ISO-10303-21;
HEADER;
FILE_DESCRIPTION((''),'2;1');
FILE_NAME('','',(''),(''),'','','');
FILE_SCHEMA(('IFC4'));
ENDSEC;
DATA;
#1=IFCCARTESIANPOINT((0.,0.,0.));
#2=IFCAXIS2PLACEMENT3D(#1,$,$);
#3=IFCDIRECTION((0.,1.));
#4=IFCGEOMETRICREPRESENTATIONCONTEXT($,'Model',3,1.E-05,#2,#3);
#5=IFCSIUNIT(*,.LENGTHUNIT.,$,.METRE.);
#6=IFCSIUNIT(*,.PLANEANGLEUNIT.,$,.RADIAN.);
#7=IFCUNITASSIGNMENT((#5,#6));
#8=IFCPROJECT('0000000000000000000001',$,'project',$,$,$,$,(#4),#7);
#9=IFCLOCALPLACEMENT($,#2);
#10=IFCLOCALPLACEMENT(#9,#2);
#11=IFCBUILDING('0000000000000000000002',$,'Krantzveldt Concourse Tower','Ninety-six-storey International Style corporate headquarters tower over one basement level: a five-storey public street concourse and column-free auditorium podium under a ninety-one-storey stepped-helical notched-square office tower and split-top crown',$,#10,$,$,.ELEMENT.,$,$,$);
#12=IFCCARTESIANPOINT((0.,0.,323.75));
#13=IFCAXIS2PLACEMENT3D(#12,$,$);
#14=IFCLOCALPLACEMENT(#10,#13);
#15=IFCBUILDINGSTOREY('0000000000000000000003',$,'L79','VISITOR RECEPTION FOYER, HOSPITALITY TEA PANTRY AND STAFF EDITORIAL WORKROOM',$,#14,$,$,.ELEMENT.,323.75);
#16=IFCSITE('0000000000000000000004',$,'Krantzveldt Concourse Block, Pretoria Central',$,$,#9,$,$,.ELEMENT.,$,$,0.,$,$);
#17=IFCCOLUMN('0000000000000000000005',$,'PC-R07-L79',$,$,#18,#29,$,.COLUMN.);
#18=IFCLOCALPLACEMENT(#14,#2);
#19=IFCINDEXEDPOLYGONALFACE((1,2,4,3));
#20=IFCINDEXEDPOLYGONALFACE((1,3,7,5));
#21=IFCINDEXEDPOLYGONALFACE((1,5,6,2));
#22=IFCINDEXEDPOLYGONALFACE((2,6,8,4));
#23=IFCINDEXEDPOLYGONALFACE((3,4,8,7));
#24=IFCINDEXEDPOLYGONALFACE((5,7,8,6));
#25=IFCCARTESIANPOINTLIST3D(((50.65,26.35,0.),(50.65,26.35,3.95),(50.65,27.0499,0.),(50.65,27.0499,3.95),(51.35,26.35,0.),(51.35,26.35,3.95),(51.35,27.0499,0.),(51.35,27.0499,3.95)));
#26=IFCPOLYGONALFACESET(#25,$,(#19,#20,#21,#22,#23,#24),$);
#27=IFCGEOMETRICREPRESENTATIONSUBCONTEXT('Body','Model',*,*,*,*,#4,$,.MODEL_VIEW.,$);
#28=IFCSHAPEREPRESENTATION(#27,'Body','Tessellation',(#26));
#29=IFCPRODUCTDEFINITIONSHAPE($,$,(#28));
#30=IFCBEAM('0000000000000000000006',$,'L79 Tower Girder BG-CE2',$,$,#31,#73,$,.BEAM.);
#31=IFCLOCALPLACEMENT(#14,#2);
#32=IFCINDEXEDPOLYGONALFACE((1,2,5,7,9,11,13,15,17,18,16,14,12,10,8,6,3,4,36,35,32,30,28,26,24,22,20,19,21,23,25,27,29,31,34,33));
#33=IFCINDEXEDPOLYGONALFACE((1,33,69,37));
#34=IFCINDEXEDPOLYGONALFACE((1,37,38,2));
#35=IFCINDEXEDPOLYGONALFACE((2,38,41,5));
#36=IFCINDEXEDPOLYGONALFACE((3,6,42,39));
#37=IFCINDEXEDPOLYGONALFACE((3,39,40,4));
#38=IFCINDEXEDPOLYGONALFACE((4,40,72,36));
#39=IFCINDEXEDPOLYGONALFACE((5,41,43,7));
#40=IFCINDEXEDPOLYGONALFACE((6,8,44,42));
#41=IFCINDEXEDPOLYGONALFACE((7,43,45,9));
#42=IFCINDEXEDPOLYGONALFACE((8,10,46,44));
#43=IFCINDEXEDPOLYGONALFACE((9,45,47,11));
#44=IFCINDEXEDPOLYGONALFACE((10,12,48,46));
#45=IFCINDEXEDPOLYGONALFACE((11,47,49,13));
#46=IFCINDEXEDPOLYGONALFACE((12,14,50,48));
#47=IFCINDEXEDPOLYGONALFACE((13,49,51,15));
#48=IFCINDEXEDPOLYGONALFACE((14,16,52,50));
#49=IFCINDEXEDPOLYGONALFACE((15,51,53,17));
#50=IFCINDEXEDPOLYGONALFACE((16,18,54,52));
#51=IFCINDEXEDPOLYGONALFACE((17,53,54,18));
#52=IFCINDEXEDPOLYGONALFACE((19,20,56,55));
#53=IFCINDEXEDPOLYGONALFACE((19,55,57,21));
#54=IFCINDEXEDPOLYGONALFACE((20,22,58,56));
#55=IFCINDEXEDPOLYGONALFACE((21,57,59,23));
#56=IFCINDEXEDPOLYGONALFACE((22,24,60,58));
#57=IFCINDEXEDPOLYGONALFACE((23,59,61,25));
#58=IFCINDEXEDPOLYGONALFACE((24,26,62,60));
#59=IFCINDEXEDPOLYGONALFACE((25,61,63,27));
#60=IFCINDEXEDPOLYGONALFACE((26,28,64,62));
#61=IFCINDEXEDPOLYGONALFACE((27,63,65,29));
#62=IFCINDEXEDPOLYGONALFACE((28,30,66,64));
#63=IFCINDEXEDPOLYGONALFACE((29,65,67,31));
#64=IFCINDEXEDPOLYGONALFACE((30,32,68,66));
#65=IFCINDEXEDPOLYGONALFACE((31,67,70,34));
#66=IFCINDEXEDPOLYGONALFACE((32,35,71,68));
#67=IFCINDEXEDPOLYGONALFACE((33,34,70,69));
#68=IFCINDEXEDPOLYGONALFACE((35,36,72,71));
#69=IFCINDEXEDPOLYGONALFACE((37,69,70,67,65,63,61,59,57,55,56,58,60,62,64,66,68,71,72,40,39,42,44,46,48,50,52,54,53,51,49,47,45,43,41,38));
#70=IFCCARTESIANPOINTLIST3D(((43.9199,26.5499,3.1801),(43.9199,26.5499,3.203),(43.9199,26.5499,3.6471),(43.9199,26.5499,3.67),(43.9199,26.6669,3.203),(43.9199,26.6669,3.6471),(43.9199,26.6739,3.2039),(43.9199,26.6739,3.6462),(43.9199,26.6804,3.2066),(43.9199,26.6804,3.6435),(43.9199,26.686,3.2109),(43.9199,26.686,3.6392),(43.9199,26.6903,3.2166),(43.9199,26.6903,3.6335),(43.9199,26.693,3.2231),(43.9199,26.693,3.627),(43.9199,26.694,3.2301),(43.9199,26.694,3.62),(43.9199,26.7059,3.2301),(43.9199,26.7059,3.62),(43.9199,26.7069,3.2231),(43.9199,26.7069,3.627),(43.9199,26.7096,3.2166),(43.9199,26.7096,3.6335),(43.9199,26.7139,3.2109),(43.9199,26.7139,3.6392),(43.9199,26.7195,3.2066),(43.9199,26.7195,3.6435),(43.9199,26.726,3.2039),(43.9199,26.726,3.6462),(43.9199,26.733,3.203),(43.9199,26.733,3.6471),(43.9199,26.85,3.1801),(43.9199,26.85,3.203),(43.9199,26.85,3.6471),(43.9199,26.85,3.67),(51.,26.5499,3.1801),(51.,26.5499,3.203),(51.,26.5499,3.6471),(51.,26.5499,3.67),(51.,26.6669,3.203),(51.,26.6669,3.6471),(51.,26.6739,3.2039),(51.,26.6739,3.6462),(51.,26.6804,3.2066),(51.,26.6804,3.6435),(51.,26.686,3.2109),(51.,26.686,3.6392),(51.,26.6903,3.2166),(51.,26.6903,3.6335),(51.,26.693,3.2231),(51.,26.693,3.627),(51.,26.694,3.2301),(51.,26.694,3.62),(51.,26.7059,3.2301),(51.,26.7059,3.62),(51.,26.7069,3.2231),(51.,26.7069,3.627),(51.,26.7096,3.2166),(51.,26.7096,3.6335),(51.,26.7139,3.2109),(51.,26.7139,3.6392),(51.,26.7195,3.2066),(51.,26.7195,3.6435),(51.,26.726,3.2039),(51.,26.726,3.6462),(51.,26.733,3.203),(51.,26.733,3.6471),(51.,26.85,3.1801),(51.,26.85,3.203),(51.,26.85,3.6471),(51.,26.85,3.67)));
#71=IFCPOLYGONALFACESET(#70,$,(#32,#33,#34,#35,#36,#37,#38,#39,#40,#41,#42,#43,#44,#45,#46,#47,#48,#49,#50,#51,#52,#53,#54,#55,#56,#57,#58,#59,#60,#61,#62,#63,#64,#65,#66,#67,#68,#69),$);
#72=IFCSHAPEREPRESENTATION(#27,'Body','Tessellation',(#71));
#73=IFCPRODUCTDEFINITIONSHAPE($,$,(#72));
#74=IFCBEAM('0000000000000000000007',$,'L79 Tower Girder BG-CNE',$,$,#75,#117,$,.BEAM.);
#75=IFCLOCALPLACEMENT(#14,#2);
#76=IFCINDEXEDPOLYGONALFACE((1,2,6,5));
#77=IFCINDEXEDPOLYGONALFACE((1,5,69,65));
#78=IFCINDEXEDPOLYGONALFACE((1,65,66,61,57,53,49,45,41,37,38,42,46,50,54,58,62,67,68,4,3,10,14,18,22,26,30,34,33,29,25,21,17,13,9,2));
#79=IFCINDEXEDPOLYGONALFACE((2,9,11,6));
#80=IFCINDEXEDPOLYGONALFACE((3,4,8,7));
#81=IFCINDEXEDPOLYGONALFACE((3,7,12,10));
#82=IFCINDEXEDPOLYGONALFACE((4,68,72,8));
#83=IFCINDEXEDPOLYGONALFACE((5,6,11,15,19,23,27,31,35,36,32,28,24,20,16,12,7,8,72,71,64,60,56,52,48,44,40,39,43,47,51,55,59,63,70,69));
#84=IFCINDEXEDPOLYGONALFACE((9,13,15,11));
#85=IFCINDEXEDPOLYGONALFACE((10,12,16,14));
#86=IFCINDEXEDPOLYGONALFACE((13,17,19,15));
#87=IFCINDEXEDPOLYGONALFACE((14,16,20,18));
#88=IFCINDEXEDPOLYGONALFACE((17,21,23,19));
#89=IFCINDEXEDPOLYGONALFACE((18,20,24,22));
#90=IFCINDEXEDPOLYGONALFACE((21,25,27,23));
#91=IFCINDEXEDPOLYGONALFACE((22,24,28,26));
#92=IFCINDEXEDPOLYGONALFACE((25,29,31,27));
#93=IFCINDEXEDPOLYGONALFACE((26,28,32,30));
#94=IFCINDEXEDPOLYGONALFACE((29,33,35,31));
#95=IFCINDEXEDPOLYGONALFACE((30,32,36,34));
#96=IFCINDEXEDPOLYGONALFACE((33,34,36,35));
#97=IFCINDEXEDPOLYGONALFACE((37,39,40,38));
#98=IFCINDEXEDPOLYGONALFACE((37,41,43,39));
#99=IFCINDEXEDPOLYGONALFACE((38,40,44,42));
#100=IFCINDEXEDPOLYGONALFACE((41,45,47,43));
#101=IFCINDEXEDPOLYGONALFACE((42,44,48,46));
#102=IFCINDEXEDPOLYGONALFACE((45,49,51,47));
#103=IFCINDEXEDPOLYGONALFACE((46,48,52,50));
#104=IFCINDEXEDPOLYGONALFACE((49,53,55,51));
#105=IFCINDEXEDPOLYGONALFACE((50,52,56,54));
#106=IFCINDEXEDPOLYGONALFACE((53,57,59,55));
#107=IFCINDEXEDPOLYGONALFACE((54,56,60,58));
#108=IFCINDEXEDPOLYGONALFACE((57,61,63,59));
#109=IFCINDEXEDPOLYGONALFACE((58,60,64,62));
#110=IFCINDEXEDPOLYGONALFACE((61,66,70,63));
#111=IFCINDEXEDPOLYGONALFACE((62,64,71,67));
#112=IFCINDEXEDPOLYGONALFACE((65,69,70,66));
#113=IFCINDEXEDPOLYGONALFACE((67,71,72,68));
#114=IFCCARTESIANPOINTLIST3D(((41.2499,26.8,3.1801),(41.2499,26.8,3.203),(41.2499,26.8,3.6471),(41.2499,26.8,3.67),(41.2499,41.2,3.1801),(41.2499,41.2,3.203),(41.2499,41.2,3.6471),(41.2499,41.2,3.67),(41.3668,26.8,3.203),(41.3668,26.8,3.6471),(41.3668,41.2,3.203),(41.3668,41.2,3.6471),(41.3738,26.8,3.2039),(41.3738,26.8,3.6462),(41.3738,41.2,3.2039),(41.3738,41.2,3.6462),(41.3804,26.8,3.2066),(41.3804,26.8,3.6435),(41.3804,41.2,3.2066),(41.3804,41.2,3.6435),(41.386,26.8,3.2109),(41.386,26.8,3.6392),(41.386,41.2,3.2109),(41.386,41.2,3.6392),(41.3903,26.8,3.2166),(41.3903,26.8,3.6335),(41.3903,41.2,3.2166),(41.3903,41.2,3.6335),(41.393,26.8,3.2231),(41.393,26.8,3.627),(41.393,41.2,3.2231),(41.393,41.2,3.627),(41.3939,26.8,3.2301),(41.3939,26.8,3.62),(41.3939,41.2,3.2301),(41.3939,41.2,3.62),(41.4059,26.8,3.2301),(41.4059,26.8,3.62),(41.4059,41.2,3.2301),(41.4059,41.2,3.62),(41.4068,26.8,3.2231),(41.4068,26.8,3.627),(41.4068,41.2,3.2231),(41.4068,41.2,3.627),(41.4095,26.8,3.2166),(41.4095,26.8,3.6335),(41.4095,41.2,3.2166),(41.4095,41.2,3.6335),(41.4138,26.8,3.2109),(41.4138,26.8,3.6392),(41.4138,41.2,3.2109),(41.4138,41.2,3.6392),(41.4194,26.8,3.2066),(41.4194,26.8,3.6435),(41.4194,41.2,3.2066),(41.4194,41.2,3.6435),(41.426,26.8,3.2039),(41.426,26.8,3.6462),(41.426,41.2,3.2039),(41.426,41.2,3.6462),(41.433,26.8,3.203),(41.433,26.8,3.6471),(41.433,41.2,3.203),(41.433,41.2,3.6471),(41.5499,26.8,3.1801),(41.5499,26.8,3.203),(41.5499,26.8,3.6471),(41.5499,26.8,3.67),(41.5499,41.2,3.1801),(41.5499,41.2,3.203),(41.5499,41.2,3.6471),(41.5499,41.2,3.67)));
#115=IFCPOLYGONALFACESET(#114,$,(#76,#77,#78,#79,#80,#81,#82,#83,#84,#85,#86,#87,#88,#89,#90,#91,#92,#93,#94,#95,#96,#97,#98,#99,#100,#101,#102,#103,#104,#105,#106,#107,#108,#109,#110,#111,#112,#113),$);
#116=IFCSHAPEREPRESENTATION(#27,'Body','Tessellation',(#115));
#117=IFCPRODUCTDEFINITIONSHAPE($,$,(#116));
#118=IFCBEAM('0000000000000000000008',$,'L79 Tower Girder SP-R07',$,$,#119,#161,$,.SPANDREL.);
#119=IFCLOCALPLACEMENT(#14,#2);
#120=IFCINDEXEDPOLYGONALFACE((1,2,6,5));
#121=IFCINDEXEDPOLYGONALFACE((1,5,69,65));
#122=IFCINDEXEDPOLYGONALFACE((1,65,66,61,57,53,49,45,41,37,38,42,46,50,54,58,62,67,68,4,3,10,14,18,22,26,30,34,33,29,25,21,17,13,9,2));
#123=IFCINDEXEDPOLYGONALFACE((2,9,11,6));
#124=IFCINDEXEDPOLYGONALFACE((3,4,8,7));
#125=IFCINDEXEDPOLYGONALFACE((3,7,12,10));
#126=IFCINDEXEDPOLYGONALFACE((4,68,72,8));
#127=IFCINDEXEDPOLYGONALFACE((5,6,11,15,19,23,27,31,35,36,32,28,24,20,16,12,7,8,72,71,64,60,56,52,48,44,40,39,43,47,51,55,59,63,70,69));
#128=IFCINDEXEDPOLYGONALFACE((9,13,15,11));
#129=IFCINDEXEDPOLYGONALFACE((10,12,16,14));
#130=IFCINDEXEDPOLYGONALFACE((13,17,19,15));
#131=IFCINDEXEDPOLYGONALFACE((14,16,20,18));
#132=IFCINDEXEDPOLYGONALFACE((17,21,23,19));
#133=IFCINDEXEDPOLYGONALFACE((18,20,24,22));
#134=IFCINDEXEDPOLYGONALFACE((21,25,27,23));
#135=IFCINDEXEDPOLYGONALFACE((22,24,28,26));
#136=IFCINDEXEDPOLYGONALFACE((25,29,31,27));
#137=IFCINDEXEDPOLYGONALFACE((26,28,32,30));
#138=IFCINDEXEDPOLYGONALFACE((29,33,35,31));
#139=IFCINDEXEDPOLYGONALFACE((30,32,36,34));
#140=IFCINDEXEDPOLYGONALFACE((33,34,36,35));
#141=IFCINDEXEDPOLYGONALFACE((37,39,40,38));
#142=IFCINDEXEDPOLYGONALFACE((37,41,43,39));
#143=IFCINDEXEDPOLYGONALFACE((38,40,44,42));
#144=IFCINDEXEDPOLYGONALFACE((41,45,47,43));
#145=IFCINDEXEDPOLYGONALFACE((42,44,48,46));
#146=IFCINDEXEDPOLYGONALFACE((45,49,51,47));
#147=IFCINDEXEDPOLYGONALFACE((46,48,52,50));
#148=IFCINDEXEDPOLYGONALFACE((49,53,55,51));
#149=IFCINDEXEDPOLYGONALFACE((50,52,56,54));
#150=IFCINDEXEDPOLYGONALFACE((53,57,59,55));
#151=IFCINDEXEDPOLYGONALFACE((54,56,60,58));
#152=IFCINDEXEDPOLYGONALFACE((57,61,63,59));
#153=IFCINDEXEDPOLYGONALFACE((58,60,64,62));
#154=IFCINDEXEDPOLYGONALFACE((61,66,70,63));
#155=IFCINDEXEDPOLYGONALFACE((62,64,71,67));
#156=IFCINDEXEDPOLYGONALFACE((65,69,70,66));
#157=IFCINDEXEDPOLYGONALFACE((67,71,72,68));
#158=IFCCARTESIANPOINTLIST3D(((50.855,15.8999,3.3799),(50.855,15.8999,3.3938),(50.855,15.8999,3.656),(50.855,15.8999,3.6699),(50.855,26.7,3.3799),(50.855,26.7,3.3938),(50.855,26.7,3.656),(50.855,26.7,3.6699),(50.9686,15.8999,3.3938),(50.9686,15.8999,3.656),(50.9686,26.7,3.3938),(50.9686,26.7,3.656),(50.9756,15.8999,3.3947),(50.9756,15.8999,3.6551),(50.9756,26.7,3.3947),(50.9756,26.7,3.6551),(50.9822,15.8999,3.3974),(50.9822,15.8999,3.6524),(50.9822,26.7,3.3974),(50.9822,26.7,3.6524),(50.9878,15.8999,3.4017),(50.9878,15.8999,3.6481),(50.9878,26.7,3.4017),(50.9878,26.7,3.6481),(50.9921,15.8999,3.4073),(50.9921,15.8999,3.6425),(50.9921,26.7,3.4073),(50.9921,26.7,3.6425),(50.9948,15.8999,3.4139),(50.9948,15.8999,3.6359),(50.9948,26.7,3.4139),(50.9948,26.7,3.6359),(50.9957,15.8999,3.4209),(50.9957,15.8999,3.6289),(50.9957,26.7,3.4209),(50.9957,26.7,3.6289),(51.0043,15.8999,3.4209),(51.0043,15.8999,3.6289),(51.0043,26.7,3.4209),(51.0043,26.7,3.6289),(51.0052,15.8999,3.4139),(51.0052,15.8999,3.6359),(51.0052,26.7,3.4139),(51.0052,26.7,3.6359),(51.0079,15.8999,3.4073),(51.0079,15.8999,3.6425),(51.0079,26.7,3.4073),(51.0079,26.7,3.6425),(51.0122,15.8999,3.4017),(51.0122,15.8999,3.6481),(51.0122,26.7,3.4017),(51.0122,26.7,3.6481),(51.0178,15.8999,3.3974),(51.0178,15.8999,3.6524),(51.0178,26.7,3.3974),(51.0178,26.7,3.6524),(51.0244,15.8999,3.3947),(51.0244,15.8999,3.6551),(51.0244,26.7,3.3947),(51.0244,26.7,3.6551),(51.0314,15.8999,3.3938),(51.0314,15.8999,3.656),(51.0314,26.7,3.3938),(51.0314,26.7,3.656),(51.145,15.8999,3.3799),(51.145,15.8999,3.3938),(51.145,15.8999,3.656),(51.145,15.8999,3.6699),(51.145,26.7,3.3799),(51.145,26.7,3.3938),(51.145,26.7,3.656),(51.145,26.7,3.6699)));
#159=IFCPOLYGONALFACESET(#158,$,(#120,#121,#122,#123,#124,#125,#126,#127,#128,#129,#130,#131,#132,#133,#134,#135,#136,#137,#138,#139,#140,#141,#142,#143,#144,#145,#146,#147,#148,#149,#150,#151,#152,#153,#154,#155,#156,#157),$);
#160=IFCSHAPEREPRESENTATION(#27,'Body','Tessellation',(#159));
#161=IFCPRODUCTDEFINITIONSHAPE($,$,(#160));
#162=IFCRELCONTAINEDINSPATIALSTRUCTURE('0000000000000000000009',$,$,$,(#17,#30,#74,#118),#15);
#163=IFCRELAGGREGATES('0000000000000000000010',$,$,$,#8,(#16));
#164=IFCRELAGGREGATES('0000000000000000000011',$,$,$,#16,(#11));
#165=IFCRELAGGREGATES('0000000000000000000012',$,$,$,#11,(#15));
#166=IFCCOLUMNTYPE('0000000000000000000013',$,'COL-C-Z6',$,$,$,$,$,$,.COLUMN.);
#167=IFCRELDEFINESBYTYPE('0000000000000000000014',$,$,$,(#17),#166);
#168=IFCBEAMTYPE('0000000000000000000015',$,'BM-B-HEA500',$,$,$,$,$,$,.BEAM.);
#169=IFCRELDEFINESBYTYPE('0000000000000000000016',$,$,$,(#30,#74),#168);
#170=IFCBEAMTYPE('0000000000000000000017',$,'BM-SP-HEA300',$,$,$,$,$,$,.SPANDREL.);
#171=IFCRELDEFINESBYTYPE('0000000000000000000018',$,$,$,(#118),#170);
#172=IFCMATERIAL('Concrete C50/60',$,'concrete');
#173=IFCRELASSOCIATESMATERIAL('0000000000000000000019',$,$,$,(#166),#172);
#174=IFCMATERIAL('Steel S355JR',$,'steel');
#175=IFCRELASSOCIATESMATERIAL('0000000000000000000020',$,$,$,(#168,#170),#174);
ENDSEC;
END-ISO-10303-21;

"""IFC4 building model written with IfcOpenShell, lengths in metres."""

from ifc_helpers import new_model, si_unit, direction, frame, origin, origin_2d, place, context, subcontext, project, spatial, rectangle, i_section, extrude, source, transform, mapped, material, material_profile, profile_set, type_object, type_shapes, element, save


model = new_model("IFC4")

# Units and contexts
model_context = context("Model", 3, precision=1e-05, world=origin(), true_north=direction((0.0, 1.0)))
body_context = subcontext(model_context, "Body", "Model", "MODEL_VIEW")
ifc_project = project(units=[si_unit("LENGTHUNIT", "METRE"), si_unit("PLANEANGLEUNIT", "RADIAN")], contexts=[model_context])

# Site, building, storey
site_placement = place(None, origin())
site = spatial("IfcSite", under=ifc_project, at=site_placement, Name="Krantzveldt Concourse Block, Pretoria Central", CompositionType="ELEMENT", RefElevation=0.0)
building_placement = place(site_placement, origin())
building = spatial("IfcBuilding", under=site, at=building_placement, Name="Krantzveldt Concourse Tower", Description="Ninety-six-storey International Style corporate headquarters tower over one basement level: a five-storey public street concourse and column-free auditorium podium under a ninety-one-storey stepped-helical notched-square office tower and split-top crown", CompositionType="ELEMENT")
storey_placement = place(building_placement, frame((0.0, 0.0, 323.75)))
storey = spatial("IfcBuildingStorey", under=building, at=storey_placement, Name="L79", Description="VISITOR RECEPTION FOYER, HOSPITALITY TEA PANTRY AND STAFF EDITORIAL WORKROOM", CompositionType="ELEMENT", Elevation=323.75)

# Column
ifc_material_1 = material(Name="Concrete C50/60", Category="concrete")
ifc_material_profile_1 = material_profile(ifc_material_1, rectangle(XDim=0.7, YDim=0.7, at=origin_2d()), Name="Concrete C50/60", Category="concrete")
ifc_profile_set_1 = profile_set([ifc_material_profile_1], Name="Concrete C50/60 - RC 700x700")
column_type = type_object("IfcColumnType", Name="COL-C-Z6", PredefinedType="COLUMN", material=ifc_profile_set_1)
shared_shape_1 = source(origin(), body_context, "Body", "SweptSolid", [
    extrude(rectangle(XDim=0.7, YDim=0.7, at=origin_2d()), origin(), (0.0, 0.0, 1.0), 3.95),
])
type_shapes(column_type, [shared_shape_1])
column_placement = place(storey_placement, frame((51.0, 26.7, 0.0), z_axis=(0.0, 0.0, 1.0), x_axis=(1.0, 0.0, 0.0)))
element("IfcColumn", 1, at=column_placement, inside=storey, type_object=column_type, Name="PC-R07-L79", PredefinedType="COLUMN", context=body_context, shape_type="MappedRepresentation", body=[
    mapped(shared_shape_1, transform((0.0, 0.0, 0.0), x_axis=(1.0, 0.0, 0.0), y_axis=(0.0, 1.0, 0.0), z_axis=(0.0, 0.0, 1.0), scale=1.0)),
])

# Beams
ifc_material_2 = material(Name="Steel S355JR", Category="steel")
ifc_material_profile_2 = material_profile(ifc_material_2, i_section(OverallWidth=0.3, OverallDepth=0.49, WebThickness=0.012, FlangeThickness=0.0229, FilletRadius=0.0271, at=origin_2d()), Name="Steel S355JR", Category="steel")
ifc_profile_set_2 = profile_set([ifc_material_profile_2], Name="Steel S355JR - HEA 500")
beam_type_1 = type_object("IfcBeamType", Name="BM-B-HEA500", PredefinedType="BEAM", material=ifc_profile_set_2)
shared_shape_2 = source(origin(), body_context, "Body", "SweptSolid", [
    extrude(i_section(OverallWidth=0.3, OverallDepth=0.49, WebThickness=0.012, FlangeThickness=0.0229, FilletRadius=0.0271, at=origin_2d()), origin(), (0.0, 0.0, 1.0), 7.0801),
])
beam_1_placement = place(storey_placement, frame((43.9199, 26.7, 3.425), z_axis=(1.0, 0.0, 0.0), x_axis=(0.0, 1.0, 0.0)))
element("IfcBeam", 2, at=beam_1_placement, inside=storey, type_object=beam_type_1, Name="L79 Tower Girder BG-CE2", PredefinedType="BEAM", context=body_context, shape_type="MappedRepresentation", body=[
    mapped(shared_shape_2, transform((0.0, 0.0, 0.0), x_axis=(1.0, 0.0, 0.0), y_axis=(0.0, 1.0, 0.0), z_axis=(0.0, 0.0, 1.0), scale=1.0)),
])
shared_shape_3 = source(origin(), body_context, "Body", "SweptSolid", [
    extrude(i_section(OverallWidth=0.3, OverallDepth=0.49, WebThickness=0.012, FlangeThickness=0.0229, FilletRadius=0.0271, at=origin_2d()), origin(), (0.0, 0.0, 1.0), 14.3999),
])
type_shapes(beam_type_1, [shared_shape_2, shared_shape_3])
beam_2_placement = place(storey_placement, frame((41.3999, 26.8, 3.425), z_axis=(0.0, 1.0, 0.0), x_axis=(-1.0, 0.0, 0.0)))
element("IfcBeam", 3, at=beam_2_placement, inside=storey, type_object=beam_type_1, Name="L79 Tower Girder BG-CNE", PredefinedType="BEAM", context=body_context, shape_type="MappedRepresentation", body=[
    mapped(shared_shape_3, transform((0.0, 0.0, 0.0), x_axis=(1.0, 0.0, 0.0), y_axis=(0.0, 1.0, 0.0), z_axis=(0.0, 0.0, 1.0), scale=1.0)),
])
ifc_material_profile_3 = material_profile(ifc_material_2, i_section(OverallWidth=0.29, OverallDepth=0.29, WebThickness=0.0085, FlangeThickness=0.0139, FilletRadius=0.0271, at=origin_2d()), Name="Steel S355JR", Category="steel")
ifc_profile_set_3 = profile_set([ifc_material_profile_3], Name="Steel S355JR - HEA 300")
beam_type_2 = type_object("IfcBeamType", Name="BM-SP-HEA300", PredefinedType="SPANDREL", material=ifc_profile_set_3)
shared_shape_4 = source(origin(), body_context, "Body", "SweptSolid", [
    extrude(i_section(OverallWidth=0.29, OverallDepth=0.29, WebThickness=0.0085, FlangeThickness=0.0139, FilletRadius=0.0271, at=origin_2d()), origin(), (0.0, 0.0, 1.0), 10.8),
])
type_shapes(beam_type_2, [shared_shape_4])
beam_3_placement = place(storey_placement, frame((51.0, 26.7, 3.5249), z_axis=(0.0, -1.0, 0.0), x_axis=(1.0, 0.0, 0.0)))
element("IfcBeam", 4, at=beam_3_placement, inside=storey, type_object=beam_type_2, Name="L79 Tower Girder SP-R07", PredefinedType="SPANDREL", context=body_context, shape_type="MappedRepresentation", body=[
    mapped(shared_shape_4, transform((0.0, 0.0, 0.0), x_axis=(1.0, 0.0, 0.0), y_axis=(0.0, 1.0, 0.0), z_axis=(0.0, 0.0, 1.0), scale=1.0)),
])

save(model, "model.ifc")
